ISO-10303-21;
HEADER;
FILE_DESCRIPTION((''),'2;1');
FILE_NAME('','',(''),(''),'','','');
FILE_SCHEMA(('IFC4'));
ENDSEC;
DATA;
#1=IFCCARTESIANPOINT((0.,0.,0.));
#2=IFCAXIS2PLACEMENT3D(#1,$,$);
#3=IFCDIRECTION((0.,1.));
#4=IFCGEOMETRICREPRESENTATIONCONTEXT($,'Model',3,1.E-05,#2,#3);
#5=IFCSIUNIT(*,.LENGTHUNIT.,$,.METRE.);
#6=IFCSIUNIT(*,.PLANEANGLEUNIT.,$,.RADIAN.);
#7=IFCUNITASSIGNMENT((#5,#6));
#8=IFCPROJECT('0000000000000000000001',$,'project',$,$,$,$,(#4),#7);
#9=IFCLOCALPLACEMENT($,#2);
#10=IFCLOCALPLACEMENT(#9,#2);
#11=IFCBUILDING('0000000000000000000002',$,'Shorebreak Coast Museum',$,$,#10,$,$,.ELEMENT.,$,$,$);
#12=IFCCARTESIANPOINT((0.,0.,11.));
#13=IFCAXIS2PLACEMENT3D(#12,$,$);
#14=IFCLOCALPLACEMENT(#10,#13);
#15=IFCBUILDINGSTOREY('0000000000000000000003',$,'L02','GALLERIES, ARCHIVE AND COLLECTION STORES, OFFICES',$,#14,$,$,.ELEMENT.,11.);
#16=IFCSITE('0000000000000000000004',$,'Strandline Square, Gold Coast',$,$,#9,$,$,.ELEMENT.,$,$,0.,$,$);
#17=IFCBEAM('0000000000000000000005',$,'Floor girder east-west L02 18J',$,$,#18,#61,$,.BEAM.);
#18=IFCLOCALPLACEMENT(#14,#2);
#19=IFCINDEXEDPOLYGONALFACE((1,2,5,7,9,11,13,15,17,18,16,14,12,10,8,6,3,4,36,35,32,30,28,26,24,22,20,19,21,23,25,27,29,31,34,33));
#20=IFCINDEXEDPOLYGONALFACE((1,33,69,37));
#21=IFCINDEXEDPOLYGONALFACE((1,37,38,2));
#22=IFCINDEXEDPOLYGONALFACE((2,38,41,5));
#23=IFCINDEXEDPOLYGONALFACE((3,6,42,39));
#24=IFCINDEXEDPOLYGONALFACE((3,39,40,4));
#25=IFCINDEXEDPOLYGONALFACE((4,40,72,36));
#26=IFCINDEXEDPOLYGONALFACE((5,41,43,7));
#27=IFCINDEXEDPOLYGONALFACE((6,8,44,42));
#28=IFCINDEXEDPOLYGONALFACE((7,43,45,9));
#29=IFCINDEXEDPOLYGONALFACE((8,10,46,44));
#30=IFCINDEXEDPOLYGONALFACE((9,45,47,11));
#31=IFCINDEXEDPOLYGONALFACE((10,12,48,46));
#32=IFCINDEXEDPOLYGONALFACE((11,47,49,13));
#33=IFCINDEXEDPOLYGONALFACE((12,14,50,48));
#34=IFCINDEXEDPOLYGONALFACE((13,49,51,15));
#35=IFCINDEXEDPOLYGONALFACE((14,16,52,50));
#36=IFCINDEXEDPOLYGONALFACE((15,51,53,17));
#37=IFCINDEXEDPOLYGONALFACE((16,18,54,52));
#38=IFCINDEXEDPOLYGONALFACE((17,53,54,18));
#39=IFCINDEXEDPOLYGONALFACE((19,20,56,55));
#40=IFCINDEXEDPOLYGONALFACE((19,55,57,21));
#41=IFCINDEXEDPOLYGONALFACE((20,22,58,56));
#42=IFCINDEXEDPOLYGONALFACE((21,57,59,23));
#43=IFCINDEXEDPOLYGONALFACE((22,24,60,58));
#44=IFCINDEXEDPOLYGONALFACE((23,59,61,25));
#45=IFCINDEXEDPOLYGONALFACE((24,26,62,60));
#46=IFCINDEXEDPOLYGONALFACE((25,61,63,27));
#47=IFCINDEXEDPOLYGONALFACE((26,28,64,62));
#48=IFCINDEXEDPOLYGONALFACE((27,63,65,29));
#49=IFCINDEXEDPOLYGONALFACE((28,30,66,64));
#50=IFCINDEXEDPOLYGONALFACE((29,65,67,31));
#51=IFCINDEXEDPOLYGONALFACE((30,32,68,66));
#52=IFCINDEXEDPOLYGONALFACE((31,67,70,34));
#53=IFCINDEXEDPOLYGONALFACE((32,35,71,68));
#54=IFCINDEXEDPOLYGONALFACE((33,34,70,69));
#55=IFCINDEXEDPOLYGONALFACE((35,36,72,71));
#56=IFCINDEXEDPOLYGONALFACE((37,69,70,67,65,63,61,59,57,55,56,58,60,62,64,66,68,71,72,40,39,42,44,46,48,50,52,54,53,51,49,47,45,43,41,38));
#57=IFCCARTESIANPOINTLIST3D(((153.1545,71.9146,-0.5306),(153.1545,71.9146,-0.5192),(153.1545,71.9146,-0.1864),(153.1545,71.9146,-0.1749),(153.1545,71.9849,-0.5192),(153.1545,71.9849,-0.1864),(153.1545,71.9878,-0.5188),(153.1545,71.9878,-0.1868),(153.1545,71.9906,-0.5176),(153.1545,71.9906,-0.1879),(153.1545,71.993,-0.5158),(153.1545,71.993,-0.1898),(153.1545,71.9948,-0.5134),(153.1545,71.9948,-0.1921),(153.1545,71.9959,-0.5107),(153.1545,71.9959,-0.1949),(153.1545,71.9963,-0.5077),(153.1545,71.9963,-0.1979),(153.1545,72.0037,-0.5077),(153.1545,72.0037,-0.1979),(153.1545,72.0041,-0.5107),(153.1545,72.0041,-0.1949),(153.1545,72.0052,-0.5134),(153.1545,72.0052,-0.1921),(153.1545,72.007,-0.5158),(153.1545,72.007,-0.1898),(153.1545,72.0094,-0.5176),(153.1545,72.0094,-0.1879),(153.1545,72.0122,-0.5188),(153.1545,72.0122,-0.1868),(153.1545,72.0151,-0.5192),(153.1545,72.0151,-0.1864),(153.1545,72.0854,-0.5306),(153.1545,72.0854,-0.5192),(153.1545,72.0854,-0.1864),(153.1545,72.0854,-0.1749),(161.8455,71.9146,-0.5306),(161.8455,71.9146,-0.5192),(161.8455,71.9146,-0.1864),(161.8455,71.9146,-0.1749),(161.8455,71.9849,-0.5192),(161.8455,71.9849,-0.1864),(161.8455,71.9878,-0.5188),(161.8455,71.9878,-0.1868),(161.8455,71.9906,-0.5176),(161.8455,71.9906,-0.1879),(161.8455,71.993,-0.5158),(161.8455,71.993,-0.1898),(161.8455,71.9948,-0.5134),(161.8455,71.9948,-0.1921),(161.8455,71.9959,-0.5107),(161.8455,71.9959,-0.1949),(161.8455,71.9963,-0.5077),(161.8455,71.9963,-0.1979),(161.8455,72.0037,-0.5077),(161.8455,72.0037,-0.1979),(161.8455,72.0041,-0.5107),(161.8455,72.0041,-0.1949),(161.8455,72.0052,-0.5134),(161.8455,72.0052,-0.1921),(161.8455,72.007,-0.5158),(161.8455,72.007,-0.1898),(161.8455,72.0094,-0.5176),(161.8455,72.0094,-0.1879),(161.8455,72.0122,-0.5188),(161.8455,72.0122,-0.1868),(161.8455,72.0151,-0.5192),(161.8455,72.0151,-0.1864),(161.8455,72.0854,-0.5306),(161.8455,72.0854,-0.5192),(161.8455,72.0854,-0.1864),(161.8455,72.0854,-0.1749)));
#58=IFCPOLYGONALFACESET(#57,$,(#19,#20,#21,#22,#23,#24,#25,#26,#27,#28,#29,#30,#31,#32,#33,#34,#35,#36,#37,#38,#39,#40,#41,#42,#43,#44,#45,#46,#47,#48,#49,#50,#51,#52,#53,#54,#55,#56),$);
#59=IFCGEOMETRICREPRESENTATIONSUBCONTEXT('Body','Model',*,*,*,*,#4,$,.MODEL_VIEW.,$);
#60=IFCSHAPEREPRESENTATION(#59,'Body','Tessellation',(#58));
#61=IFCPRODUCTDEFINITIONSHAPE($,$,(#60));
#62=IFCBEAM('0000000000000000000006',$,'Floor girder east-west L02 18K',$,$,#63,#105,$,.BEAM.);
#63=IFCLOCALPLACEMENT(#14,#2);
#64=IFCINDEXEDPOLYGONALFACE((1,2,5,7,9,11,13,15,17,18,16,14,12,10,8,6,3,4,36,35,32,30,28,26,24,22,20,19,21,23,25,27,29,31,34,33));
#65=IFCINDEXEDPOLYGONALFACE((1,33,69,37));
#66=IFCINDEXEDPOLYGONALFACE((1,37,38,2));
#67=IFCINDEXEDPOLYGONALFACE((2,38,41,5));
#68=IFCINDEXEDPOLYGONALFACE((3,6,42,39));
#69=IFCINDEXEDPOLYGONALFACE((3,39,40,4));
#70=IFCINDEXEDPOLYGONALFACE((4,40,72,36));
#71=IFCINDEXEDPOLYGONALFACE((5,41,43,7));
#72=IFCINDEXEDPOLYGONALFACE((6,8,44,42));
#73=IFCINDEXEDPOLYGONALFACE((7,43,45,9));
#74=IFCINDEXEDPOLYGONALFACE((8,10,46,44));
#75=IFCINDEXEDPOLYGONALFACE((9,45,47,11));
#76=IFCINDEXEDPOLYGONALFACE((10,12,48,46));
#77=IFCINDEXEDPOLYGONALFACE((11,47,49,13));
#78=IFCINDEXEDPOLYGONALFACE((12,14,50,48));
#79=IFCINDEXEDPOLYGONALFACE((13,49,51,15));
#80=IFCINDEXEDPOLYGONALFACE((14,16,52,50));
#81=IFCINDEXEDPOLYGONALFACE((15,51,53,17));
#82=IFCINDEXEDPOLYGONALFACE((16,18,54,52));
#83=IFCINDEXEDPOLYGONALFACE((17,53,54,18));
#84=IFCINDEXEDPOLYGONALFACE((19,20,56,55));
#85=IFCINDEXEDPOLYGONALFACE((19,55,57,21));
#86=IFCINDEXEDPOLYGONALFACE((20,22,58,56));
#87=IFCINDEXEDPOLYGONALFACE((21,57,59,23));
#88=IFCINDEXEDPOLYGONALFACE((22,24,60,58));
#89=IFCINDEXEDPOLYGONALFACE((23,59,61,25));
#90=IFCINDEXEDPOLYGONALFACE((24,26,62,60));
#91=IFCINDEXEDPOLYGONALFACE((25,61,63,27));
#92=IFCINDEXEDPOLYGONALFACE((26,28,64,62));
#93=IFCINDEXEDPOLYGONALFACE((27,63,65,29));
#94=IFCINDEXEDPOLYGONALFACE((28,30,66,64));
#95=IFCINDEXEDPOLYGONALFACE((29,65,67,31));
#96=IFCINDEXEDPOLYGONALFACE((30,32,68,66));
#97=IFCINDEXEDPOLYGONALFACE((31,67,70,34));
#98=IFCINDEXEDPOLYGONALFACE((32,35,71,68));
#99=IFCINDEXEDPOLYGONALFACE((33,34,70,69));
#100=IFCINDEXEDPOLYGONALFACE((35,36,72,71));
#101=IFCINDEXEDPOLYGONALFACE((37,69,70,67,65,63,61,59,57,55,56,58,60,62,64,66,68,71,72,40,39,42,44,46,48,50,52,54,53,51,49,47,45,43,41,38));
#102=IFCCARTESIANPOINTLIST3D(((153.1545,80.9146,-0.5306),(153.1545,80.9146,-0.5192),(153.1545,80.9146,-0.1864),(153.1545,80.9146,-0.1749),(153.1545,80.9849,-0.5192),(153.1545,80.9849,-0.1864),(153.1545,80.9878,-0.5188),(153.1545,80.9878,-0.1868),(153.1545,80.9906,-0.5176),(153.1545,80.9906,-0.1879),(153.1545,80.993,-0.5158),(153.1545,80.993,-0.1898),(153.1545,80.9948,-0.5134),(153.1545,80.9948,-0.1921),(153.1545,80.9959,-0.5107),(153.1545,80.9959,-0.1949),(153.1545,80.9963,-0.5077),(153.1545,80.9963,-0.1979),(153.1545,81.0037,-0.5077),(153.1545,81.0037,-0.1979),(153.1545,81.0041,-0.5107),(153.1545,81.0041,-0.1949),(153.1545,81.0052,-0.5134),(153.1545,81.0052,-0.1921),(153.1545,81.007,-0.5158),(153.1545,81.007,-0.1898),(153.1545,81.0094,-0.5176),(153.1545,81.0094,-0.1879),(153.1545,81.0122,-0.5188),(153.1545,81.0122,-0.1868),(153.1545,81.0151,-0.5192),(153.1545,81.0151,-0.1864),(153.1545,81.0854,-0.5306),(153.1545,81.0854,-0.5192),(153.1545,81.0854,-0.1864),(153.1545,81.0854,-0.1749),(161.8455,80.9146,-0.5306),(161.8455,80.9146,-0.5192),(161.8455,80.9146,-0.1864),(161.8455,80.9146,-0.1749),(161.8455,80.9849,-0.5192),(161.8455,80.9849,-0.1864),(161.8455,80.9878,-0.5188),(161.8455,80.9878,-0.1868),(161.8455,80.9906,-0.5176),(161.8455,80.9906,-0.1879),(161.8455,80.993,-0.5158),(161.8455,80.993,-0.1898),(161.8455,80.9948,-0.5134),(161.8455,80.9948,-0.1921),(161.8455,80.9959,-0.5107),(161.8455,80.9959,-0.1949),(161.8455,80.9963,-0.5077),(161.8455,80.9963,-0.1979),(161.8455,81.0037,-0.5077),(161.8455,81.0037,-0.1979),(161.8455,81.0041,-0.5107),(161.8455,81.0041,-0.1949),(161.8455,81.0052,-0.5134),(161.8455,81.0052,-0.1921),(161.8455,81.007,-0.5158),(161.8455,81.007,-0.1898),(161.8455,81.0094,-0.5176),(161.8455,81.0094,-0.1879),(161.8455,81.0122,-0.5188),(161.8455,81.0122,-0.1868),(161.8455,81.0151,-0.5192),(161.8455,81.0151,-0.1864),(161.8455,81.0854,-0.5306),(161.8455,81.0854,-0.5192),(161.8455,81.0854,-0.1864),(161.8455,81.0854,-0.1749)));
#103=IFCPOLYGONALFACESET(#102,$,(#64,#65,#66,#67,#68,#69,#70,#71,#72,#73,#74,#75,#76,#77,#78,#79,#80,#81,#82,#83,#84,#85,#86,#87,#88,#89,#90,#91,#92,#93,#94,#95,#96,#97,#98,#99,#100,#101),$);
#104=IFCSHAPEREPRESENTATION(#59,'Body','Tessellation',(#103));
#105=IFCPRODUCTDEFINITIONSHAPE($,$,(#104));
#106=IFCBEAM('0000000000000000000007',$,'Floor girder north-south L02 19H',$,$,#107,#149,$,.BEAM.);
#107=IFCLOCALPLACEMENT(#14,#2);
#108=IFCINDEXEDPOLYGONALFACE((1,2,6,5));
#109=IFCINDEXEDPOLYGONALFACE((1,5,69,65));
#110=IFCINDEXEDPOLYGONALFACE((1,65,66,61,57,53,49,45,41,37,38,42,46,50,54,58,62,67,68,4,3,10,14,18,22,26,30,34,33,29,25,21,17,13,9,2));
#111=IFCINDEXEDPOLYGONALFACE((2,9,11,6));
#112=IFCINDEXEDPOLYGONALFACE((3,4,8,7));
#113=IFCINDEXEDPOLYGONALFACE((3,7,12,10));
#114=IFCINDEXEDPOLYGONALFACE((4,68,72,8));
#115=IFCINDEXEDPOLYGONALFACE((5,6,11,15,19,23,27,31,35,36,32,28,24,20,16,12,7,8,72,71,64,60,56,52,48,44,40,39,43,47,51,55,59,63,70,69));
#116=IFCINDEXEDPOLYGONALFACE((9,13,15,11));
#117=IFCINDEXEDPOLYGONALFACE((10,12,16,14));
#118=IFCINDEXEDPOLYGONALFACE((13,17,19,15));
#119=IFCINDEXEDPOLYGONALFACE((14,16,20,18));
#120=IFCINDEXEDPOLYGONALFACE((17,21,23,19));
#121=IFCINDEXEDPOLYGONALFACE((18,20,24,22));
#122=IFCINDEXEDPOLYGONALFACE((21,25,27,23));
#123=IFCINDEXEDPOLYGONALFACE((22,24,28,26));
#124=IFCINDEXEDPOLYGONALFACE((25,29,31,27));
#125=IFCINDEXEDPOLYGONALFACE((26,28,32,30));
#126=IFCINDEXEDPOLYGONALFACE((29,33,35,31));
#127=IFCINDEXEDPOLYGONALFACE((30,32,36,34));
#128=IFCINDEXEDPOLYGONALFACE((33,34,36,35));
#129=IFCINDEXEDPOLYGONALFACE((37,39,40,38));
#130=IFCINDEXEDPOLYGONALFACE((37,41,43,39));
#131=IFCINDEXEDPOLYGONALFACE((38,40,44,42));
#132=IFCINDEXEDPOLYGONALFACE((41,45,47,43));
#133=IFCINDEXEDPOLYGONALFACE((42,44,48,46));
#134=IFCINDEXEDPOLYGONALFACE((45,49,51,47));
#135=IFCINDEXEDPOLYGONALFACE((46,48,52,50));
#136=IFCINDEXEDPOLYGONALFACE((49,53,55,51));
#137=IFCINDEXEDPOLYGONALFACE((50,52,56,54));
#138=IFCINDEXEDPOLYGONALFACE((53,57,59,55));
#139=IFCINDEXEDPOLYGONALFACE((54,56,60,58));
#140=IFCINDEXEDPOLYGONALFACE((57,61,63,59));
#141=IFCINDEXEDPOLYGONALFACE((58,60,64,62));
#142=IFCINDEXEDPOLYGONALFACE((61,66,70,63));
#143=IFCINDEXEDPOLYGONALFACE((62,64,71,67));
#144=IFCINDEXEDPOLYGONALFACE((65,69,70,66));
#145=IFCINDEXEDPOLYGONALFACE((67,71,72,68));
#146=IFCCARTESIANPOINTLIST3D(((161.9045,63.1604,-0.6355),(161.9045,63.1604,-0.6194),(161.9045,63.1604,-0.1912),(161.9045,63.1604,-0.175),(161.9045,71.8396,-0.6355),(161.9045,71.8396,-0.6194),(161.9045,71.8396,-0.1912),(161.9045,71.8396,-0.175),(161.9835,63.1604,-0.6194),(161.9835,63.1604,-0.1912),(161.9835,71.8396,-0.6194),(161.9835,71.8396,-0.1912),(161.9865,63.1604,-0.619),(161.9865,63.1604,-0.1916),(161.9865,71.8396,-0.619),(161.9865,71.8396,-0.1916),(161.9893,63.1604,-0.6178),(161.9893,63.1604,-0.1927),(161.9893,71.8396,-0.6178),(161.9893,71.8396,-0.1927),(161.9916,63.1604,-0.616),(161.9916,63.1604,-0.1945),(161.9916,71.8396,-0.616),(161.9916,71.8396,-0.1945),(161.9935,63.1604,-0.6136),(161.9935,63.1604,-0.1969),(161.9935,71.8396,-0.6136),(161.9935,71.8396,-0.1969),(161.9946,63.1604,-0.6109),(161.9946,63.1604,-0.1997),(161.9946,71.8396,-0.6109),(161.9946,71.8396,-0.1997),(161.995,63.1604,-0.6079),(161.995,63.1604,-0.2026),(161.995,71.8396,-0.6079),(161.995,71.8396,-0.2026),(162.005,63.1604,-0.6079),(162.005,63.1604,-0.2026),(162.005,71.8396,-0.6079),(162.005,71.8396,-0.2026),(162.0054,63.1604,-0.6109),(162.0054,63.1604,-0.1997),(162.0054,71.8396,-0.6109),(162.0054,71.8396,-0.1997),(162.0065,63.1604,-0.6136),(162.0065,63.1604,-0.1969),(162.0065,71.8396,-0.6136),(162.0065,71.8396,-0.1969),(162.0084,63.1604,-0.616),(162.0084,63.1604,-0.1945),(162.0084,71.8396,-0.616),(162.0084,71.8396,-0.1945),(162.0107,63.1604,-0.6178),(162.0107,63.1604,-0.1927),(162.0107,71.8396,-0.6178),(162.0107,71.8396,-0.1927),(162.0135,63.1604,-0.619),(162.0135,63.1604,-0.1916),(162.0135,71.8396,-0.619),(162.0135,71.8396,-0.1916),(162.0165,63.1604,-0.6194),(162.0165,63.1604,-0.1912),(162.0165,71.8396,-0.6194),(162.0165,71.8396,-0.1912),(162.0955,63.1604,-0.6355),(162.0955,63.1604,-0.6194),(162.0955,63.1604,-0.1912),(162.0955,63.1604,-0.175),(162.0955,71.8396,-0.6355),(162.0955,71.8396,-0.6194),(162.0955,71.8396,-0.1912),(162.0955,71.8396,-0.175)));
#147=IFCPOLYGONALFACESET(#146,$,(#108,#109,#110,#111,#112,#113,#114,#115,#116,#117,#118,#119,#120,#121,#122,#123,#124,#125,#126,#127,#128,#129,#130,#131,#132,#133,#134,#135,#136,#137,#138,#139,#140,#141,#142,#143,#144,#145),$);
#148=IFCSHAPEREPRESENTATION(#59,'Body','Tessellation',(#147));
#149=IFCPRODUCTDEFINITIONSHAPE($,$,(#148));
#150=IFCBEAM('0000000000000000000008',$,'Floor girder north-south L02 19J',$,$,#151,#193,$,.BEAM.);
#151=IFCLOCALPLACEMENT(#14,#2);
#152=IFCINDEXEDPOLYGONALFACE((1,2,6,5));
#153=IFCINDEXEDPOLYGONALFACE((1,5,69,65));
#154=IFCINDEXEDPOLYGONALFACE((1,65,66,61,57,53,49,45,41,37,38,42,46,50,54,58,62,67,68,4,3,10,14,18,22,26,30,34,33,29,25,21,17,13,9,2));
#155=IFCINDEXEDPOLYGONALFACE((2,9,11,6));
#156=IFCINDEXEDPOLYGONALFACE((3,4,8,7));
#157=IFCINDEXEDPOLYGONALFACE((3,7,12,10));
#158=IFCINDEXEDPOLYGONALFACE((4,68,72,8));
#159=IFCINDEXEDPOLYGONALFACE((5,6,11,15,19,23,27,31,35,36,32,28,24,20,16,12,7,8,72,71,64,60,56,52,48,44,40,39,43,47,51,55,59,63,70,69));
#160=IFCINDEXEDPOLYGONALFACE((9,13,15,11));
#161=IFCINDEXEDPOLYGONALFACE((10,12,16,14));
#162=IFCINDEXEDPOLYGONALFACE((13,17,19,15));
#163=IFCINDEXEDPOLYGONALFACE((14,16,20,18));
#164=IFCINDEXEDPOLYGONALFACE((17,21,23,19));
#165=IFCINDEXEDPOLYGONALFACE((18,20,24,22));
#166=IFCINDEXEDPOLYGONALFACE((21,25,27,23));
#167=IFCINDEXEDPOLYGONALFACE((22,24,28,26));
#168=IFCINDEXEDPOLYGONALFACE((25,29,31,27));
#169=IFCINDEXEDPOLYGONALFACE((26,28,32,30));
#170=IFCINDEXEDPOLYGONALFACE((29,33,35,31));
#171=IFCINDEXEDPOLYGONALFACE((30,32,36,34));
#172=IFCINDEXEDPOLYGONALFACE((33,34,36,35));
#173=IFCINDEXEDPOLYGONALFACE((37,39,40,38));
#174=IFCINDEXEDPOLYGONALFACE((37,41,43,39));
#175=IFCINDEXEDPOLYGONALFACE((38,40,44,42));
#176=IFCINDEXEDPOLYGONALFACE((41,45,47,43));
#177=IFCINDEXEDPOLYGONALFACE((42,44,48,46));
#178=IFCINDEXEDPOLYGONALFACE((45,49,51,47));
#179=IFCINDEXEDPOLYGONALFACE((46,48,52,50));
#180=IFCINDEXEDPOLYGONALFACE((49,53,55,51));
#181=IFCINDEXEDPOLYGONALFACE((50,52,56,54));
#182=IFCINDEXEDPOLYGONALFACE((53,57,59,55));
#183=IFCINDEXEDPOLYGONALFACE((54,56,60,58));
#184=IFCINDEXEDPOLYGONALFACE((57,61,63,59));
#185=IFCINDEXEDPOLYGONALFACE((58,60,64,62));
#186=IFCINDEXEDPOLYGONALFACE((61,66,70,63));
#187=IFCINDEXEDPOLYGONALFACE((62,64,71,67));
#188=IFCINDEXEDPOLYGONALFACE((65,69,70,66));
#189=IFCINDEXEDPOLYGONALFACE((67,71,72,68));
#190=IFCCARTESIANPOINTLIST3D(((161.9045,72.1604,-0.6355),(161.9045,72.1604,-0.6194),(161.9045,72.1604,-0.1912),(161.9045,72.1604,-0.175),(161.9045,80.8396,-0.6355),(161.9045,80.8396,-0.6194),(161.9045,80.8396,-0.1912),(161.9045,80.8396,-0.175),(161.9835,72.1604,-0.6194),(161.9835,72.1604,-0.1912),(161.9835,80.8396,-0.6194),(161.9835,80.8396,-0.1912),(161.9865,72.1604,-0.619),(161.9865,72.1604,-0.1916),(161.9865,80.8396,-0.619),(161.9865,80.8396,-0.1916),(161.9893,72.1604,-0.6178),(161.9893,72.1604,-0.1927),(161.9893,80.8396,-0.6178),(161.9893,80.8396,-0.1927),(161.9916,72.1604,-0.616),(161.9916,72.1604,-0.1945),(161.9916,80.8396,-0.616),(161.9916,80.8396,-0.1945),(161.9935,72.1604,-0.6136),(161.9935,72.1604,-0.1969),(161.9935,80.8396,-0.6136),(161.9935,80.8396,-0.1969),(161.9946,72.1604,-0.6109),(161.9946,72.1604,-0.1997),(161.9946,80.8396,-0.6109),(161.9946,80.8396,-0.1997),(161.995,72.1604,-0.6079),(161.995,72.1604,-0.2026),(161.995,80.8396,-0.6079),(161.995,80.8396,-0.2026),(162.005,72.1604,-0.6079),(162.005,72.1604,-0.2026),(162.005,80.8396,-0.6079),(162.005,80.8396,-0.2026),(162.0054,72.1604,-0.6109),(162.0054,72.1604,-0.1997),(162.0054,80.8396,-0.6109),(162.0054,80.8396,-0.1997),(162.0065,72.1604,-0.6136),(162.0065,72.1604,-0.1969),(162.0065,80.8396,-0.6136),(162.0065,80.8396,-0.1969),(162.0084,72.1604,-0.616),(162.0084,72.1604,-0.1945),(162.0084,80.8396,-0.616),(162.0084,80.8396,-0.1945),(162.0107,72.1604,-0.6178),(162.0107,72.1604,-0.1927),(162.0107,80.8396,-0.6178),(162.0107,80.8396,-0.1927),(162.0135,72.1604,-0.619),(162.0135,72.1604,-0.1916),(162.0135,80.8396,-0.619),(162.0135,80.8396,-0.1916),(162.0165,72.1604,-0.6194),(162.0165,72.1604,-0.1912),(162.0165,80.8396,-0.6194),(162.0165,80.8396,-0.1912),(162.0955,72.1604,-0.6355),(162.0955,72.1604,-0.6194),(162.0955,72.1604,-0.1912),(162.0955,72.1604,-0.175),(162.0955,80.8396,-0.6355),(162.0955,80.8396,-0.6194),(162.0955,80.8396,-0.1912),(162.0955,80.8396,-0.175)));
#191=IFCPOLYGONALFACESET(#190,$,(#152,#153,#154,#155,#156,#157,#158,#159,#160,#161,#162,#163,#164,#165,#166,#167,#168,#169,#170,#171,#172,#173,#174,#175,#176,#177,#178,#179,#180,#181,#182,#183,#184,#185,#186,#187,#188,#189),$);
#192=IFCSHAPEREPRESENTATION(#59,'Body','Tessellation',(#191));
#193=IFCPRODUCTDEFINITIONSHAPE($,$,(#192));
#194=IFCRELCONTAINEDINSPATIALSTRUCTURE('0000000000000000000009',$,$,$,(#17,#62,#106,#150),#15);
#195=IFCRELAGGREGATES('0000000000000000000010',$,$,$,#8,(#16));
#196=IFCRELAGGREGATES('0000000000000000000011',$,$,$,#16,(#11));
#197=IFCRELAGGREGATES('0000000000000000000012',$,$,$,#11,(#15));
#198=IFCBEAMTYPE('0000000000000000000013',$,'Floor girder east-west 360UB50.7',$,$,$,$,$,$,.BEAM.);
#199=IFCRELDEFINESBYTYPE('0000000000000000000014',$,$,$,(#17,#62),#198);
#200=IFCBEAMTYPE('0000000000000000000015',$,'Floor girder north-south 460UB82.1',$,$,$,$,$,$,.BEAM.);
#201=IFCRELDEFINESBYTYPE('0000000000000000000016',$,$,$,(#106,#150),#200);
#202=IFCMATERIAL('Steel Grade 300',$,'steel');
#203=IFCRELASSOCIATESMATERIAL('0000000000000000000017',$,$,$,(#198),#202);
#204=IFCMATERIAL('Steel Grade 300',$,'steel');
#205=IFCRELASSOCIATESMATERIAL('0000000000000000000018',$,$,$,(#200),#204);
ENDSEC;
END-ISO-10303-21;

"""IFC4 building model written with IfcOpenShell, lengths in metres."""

from ifc_helpers import new_model, si_unit, direction, frame, origin, origin_2d, place, context, subcontext, project, spatial, i_section, extrude, material, material_profile, profile_set, type_object, element, save


model = new_model("IFC4")

# Units and contexts
model_context = context("Model", 3, precision=1e-05, world=origin(), true_north=direction((0.0, 1.0)))
body_context = subcontext(model_context, "Body", "Model", "MODEL_VIEW")
ifc_project = project(units=[si_unit("LENGTHUNIT", "METRE"), si_unit("PLANEANGLEUNIT", "RADIAN")], contexts=[model_context])

# Site, building, storey
site_placement = place(None, origin())
site = spatial("IfcSite", under=ifc_project, at=site_placement, Name="Strandline Square, Gold Coast", CompositionType="ELEMENT", RefElevation=0.0)
building_placement = place(site_placement, origin())
building = spatial("IfcBuilding", under=site, at=building_placement, Name="Shorebreak Coast Museum", CompositionType="ELEMENT")
storey_placement = place(building_placement, frame((0.0, 0.0, 11.0)))
storey = spatial("IfcBuildingStorey", under=building, at=storey_placement, Name="L02", Description="GALLERIES, ARCHIVE AND COLLECTION STORES, OFFICES", CompositionType="ELEMENT", Elevation=11.0)

# Beams
ifc_material_1 = material(Name="Steel Grade 300", Category="steel")
ifc_material_profile_1 = material_profile(ifc_material_1, i_section(OverallWidth=0.1709, OverallDepth=0.3557, WebThickness=0.0073, FlangeThickness=0.0115, FilletRadius=0.0115, at=origin_2d()), Name="360UB50.7")
ifc_profile_set_1 = profile_set([ifc_material_profile_1], Name="Steel Grade 300")
beam_type_1 = type_object("IfcBeamType", Name="Floor girder east-west 360UB50.7", PredefinedType="BEAM", material=ifc_profile_set_1)
for number, where, z_axis, x_axis, name in (
    (1, (153.1545, 72.0, -0.3528), (1.0, 0.0, 0.0), (0.0, 1.0, 0.0), "Floor girder east-west L02 18J"),
    (2, (153.1545, 81.0, -0.3528), (1.0, 0.0, 0.0), (0.0, 1.0, 0.0), "Floor girder east-west L02 18K"),
):
    element("IfcBeam", number, at=place(storey_placement, frame(where, z_axis=z_axis, x_axis=x_axis)), inside=storey, type_object=beam_type_1, Name=name, PredefinedType="BEAM", context=body_context, shape_type="SweptSolid", body=[
        extrude(i_section(OverallWidth=0.1709, OverallDepth=0.3557, WebThickness=0.0073, FlangeThickness=0.0115, FilletRadius=0.0115, at=origin_2d()), origin(), (0.0, 0.0, 1.0), 8.6909),
    ])
ifc_material_2 = material(Name="Steel Grade 300", Category="steel")
ifc_material_profile_2 = material_profile(ifc_material_2, i_section(OverallWidth=0.1909, OverallDepth=0.4604, WebThickness=0.01, FlangeThickness=0.0161, FilletRadius=0.0115, at=origin_2d()), Name="460UB82.1")
ifc_profile_set_2 = profile_set([ifc_material_profile_2], Name="Steel Grade 300")
beam_type_2 = type_object("IfcBeamType", Name="Floor girder north-south 460UB82.1", PredefinedType="BEAM", material=ifc_profile_set_2)
for number, where, z_axis, x_axis, name in (
    (3, (162.0, 63.1604, -0.4053), (0.0, 1.0, 0.0), (-1.0, 0.0, 0.0), "Floor girder north-south L02 19H"),
    (4, (162.0, 72.1604, -0.4053), (0.0, 1.0, 0.0), (-1.0, 0.0, 0.0), "Floor girder north-south L02 19J"),
):
    element("IfcBeam", number, at=place(storey_placement, frame(where, z_axis=z_axis, x_axis=x_axis)), inside=storey, type_object=beam_type_2, Name=name, PredefinedType="BEAM", context=body_context, shape_type="SweptSolid", body=[
        extrude(i_section(OverallWidth=0.1909, OverallDepth=0.4604, WebThickness=0.01, FlangeThickness=0.0161, FilletRadius=0.0115, at=origin_2d()), origin(), (0.0, 0.0, 1.0), 8.6792),
    ])

save(model, "model.ifc")
